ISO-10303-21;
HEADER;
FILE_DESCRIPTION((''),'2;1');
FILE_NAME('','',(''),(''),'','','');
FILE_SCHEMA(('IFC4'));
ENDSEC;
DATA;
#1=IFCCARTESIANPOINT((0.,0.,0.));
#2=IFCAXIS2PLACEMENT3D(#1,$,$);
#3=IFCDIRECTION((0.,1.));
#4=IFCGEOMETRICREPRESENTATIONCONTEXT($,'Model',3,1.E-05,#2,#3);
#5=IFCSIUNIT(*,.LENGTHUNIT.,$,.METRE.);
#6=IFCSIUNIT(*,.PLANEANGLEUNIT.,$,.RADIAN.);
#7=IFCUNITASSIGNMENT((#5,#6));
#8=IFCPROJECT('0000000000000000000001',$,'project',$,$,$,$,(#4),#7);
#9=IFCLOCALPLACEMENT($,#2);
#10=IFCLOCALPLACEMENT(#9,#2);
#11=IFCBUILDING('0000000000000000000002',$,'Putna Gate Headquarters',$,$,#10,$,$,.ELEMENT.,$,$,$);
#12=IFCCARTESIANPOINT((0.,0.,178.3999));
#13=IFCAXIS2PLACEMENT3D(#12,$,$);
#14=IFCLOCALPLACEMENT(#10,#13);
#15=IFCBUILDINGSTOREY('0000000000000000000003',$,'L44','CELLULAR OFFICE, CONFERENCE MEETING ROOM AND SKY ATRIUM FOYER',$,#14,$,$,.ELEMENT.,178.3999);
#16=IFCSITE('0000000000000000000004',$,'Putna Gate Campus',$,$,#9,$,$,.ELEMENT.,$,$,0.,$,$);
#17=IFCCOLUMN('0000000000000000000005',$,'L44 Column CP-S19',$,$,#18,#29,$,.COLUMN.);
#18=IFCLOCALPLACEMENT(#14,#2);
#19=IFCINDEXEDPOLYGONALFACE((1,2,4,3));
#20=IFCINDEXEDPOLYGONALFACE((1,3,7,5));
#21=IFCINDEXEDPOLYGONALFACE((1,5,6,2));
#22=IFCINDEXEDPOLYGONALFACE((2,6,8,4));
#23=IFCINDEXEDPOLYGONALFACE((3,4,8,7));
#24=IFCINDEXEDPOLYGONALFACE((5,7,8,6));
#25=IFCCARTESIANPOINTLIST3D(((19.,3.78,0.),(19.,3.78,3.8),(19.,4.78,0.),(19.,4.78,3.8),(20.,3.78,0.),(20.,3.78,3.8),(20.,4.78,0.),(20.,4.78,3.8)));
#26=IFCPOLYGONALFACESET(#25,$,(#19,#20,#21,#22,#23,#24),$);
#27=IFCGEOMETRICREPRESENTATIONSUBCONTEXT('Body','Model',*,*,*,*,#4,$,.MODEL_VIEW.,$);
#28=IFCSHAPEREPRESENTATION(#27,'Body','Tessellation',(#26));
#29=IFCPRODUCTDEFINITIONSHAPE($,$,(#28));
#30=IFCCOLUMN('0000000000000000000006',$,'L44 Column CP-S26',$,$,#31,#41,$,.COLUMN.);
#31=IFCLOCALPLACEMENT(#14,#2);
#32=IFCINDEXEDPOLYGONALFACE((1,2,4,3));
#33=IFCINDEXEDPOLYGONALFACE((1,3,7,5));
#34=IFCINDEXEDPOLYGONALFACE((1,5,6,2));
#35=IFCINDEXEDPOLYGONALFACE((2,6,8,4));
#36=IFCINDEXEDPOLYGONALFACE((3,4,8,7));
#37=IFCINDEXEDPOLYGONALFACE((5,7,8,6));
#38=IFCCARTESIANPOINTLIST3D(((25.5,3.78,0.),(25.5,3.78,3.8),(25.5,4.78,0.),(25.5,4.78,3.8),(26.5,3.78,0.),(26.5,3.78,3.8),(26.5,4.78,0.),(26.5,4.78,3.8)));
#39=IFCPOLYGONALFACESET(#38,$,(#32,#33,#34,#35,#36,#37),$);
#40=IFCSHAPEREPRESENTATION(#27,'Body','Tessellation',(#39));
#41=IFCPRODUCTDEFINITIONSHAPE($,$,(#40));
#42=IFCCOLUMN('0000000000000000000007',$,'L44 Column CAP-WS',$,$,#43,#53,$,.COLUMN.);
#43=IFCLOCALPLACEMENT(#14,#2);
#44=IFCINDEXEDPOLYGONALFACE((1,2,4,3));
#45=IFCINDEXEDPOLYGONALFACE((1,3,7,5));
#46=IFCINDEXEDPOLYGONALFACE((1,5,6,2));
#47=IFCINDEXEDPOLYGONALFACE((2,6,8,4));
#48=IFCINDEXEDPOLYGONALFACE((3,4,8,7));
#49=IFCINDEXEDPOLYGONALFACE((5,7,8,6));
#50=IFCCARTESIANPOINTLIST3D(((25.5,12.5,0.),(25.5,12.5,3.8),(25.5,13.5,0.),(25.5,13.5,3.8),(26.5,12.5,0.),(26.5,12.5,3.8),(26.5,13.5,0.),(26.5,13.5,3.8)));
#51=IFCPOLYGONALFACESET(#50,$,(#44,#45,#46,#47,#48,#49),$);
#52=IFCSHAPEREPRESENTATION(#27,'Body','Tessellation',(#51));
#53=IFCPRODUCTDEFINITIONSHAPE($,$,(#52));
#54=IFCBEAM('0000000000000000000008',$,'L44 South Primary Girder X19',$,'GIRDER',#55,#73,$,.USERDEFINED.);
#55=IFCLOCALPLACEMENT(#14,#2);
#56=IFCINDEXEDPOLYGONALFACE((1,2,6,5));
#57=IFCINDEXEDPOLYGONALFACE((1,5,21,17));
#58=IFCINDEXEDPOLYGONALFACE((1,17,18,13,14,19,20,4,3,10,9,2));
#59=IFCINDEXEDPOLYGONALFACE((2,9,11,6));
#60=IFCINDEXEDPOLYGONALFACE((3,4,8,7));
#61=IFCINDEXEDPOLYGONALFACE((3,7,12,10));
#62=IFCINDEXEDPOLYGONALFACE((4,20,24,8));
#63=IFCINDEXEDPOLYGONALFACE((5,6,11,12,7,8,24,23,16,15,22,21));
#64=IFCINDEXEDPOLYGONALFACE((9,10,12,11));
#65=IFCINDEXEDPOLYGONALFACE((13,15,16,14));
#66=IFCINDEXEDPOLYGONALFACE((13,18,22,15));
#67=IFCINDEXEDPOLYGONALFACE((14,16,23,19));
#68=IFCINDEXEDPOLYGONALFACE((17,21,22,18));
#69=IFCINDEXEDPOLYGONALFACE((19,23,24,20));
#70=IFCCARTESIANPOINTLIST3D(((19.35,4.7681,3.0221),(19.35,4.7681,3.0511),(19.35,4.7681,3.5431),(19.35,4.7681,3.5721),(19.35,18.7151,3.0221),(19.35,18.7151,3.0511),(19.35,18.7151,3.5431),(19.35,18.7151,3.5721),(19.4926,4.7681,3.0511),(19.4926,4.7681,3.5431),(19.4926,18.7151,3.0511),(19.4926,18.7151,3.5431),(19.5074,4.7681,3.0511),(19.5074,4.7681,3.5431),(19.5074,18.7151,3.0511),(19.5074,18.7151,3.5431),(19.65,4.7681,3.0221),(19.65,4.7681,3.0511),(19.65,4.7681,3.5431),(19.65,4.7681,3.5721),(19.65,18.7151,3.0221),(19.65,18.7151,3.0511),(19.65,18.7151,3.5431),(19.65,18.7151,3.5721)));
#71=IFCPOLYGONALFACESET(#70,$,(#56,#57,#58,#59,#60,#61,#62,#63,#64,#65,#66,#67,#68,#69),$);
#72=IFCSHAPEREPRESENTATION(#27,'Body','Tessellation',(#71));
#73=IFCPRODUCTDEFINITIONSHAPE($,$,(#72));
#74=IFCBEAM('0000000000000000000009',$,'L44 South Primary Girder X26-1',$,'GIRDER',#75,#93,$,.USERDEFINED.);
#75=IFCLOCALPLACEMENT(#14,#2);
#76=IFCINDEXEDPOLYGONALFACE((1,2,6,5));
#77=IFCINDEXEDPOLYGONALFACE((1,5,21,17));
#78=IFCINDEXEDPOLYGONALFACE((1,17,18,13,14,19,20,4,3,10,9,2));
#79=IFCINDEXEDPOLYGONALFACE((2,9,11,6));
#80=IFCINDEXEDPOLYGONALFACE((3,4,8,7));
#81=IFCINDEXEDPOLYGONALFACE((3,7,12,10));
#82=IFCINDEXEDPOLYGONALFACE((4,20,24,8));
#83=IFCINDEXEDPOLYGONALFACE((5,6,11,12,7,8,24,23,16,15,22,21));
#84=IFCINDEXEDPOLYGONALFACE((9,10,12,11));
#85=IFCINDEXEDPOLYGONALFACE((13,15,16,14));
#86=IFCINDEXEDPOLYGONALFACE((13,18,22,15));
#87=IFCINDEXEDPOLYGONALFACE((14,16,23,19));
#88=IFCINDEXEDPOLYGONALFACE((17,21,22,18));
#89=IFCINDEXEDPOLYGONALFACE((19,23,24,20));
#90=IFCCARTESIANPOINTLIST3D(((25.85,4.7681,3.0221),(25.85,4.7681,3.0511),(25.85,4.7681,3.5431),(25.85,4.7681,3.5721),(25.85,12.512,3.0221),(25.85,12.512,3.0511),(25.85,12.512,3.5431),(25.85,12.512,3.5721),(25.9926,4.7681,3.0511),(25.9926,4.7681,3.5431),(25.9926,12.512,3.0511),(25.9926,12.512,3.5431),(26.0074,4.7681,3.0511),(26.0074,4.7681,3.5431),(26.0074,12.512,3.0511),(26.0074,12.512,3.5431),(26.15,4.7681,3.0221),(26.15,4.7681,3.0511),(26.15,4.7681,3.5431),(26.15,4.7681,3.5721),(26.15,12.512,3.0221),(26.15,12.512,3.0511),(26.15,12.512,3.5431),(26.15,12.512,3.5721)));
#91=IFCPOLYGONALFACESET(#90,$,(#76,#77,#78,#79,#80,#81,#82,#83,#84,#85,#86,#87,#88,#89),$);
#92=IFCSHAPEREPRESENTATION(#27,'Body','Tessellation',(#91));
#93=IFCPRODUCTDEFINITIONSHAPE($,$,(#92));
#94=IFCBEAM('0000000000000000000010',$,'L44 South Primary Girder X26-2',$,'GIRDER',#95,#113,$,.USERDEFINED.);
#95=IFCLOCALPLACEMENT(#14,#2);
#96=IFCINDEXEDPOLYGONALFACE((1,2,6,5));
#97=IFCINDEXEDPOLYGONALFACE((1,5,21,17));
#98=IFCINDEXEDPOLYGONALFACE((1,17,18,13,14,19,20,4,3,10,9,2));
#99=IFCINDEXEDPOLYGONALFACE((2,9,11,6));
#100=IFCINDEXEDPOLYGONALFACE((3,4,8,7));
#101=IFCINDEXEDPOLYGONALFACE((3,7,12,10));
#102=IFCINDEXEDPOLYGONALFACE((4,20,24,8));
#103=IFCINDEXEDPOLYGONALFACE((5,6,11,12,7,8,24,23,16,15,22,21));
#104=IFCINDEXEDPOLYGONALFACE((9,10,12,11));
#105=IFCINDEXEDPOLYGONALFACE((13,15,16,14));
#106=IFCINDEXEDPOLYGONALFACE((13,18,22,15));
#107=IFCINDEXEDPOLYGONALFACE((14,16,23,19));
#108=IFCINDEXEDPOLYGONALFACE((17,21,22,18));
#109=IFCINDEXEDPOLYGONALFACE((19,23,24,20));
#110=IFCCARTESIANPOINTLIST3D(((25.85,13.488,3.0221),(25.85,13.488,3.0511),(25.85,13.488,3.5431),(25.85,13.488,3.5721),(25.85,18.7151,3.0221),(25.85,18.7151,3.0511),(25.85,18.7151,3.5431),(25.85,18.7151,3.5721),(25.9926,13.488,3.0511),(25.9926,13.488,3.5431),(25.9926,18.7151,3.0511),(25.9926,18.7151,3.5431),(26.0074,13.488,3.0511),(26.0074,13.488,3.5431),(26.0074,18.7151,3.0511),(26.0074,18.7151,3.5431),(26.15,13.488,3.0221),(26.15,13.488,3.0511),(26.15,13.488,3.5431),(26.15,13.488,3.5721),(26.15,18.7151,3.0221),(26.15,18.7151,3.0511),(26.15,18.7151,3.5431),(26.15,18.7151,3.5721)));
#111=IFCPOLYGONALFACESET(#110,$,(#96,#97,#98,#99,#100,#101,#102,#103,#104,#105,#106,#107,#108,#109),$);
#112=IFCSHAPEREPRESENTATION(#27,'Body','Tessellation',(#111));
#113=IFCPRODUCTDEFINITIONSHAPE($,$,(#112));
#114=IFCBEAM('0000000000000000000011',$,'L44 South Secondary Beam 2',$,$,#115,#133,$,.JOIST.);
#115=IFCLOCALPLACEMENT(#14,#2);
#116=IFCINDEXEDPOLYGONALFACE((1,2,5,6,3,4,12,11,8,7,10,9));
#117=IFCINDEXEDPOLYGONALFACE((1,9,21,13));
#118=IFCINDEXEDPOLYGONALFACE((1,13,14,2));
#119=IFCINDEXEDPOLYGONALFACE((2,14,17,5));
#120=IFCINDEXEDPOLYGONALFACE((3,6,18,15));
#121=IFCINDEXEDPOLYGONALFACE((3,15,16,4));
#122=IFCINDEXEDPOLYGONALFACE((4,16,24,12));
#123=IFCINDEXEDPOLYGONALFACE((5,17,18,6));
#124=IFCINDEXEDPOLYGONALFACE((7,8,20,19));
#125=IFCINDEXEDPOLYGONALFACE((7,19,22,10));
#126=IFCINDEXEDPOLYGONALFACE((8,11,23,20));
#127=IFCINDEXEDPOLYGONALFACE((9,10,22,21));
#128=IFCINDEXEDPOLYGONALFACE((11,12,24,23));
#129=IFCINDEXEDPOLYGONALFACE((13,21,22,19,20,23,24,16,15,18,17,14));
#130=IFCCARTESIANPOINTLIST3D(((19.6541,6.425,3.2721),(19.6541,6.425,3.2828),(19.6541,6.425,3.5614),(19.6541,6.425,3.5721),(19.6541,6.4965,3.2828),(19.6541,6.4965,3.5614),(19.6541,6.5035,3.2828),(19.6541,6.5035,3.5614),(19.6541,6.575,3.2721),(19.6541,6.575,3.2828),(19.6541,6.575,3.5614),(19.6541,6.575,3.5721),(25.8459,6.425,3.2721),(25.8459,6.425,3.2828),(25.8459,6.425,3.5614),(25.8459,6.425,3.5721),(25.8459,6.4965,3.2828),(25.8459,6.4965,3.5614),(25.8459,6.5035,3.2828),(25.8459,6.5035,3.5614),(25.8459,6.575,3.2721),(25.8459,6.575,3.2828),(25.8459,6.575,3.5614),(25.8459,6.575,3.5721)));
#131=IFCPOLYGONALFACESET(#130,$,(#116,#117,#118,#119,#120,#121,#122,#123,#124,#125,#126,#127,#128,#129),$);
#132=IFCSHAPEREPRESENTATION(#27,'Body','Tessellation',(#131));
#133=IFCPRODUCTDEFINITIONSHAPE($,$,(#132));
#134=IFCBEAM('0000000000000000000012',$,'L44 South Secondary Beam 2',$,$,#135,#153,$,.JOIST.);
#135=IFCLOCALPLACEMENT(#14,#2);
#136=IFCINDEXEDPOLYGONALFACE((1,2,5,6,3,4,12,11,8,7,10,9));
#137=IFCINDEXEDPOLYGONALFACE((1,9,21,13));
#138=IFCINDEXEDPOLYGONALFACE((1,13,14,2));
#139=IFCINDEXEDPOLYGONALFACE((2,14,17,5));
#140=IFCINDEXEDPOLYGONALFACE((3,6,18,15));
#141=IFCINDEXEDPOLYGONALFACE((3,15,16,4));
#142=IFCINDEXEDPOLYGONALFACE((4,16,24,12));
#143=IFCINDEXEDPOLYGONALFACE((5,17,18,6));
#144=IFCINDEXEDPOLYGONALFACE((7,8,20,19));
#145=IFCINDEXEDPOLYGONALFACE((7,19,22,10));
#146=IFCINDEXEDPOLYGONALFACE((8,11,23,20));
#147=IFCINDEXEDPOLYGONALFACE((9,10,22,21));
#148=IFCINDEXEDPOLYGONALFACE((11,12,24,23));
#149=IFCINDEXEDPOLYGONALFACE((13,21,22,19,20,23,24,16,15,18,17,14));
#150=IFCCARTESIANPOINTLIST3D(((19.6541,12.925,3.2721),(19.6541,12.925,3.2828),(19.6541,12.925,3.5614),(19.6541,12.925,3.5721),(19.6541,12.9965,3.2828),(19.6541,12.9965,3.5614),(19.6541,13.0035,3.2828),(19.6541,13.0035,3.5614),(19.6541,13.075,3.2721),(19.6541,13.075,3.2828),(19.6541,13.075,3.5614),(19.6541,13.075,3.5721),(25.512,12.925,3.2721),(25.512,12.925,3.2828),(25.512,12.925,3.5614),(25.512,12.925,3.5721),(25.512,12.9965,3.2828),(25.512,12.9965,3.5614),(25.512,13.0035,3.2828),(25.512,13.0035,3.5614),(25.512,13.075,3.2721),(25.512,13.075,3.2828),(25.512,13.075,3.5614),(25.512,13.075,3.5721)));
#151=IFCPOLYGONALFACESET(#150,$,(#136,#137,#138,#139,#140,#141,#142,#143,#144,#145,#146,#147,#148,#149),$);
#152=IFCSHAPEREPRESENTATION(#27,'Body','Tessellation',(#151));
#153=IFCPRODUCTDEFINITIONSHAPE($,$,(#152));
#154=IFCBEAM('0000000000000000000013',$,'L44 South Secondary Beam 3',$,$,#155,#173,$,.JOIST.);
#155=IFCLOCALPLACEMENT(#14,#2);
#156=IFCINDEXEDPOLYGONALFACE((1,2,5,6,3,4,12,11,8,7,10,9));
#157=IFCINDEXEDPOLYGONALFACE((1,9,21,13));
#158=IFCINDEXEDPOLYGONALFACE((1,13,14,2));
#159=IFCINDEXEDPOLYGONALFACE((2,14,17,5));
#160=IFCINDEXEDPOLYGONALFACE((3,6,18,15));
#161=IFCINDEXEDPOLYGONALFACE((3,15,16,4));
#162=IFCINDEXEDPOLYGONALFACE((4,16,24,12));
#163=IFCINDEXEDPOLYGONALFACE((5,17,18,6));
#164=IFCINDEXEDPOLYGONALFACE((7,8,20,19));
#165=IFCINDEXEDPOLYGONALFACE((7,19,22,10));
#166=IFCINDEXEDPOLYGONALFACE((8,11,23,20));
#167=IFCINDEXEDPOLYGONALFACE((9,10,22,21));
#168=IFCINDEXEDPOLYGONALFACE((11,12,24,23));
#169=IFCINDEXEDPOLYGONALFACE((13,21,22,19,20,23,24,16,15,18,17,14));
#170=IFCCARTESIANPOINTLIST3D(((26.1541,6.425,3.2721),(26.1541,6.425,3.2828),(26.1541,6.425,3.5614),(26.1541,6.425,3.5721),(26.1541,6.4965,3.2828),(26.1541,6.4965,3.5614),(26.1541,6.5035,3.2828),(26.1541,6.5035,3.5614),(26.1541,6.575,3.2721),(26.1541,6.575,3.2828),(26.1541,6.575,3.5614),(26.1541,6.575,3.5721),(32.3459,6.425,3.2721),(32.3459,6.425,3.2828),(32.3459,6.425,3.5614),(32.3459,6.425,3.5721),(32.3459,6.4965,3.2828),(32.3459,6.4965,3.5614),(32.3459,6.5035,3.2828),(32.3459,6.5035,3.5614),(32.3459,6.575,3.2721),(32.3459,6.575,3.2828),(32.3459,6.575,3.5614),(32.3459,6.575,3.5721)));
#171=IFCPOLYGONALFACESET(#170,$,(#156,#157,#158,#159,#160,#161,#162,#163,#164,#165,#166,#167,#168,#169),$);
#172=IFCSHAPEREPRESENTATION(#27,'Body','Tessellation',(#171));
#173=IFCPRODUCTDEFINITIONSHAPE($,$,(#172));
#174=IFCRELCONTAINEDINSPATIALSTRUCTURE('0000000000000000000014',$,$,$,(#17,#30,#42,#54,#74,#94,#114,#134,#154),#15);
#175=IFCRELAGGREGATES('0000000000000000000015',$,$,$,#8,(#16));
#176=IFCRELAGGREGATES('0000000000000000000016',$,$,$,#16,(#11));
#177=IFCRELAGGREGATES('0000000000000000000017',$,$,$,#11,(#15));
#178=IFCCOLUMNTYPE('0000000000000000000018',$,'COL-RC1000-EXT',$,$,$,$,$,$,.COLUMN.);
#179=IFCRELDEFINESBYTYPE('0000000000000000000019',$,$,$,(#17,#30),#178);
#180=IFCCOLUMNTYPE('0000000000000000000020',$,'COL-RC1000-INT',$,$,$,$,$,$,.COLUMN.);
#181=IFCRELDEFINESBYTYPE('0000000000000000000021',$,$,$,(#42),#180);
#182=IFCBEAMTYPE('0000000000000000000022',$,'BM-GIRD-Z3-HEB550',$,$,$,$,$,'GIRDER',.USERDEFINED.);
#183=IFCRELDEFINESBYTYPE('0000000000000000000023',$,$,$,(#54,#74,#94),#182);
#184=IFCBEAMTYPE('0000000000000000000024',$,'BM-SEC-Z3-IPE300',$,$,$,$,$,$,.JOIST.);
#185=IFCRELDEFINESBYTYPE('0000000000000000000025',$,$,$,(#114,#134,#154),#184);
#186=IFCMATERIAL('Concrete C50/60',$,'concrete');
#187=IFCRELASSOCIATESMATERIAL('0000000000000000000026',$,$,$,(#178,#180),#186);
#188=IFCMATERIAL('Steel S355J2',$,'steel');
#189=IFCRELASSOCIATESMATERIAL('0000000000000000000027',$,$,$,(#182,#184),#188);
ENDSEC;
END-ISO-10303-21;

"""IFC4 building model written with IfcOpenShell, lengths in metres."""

from ifc_helpers import new_model, si_unit, direction, frame, origin, origin_2d, place, context, subcontext, project, spatial, rectangle, i_section, extrude, material, material_profile, profile_set, type_object, element, save


model = new_model("IFC4")

# Units and contexts
model_context = context("Model", 3, precision=1e-05, world=origin(), true_north=direction((0.0, 1.0)))
body_context = subcontext(model_context, "Body", "Model", "MODEL_VIEW")
ifc_project = project(units=[si_unit("LENGTHUNIT", "METRE"), si_unit("PLANEANGLEUNIT", "RADIAN")], contexts=[model_context])

# Site, building, storey
site_placement = place(None, origin())
site = spatial("IfcSite", under=ifc_project, at=site_placement, Name="Putna Gate Campus", CompositionType="ELEMENT", RefElevation=0.0)
building_placement = place(site_placement, origin())
building = spatial("IfcBuilding", under=site, at=building_placement, Name="Putna Gate Headquarters", CompositionType="ELEMENT")
storey_placement = place(building_placement, frame((0.0, 0.0, 178.3999)))
storey = spatial("IfcBuildingStorey", under=building, at=storey_placement, Name="L44", Description="CELLULAR OFFICE, CONFERENCE MEETING ROOM AND SKY ATRIUM FOYER", CompositionType="ELEMENT", Elevation=178.3999)

# Columns
ifc_material_1 = material(Name="Concrete C50/60", Category="concrete")
ifc_material_profile_1 = material_profile(ifc_material_1, rectangle(XDim=1.0, YDim=1.0, at=origin_2d()), Name="Concrete C50/60")
ifc_profile_set_1 = profile_set([ifc_material_profile_1], Name="Concrete C50/60")
column_type_1 = type_object("IfcColumnType", Name="COL-RC1000-EXT", PredefinedType="COLUMN", material=ifc_profile_set_1)
for number, where, z_axis, x_axis, name in (
    (1, (19.5, 4.28, 0.0), (0.0, 0.0, 1.0), (1.0, 0.0, 0.0), "L44 Column CP-S19"),
    (2, (26.0, 4.28, 0.0), (0.0, 0.0, 1.0), (1.0, 0.0, 0.0), "L44 Column CP-S26"),
):
    element("IfcColumn", number, at=place(storey_placement, frame(where, z_axis=z_axis, x_axis=x_axis)), inside=storey, type_object=column_type_1, Name=name, PredefinedType="COLUMN", context=body_context, shape_type="SweptSolid", body=[
        extrude(rectangle(XDim=1.0, YDim=1.0, at=origin_2d()), origin(), (0.0, 0.0, 1.0), 3.8),
    ])
ifc_material_profile_2 = material_profile(ifc_material_1, rectangle(XDim=1.0, YDim=1.0, at=origin_2d()), Name="Concrete C50/60")
ifc_profile_set_2 = profile_set([ifc_material_profile_2], Name="Concrete C50/60")
column_type_2 = type_object("IfcColumnType", Name="COL-RC1000-INT", PredefinedType="COLUMN", material=ifc_profile_set_2)
column_placement = place(storey_placement, frame((26.0, 13.0, 0.0), z_axis=(0.0, 0.0, 1.0), x_axis=(1.0, 0.0, 0.0)))
element("IfcColumn", 3, at=column_placement, inside=storey, type_object=column_type_2, Name="L44 Column CAP-WS", PredefinedType="COLUMN", context=body_context, shape_type="SweptSolid", body=[
    extrude(rectangle(XDim=1.0, YDim=1.0, at=origin_2d()), origin(), (0.0, 0.0, 1.0), 3.8),
])

# Beams
ifc_material_2 = material(Name="Steel S355J2", Category="steel")
ifc_material_profile_3 = material_profile(ifc_material_2, i_section(OverallWidth=0.3, OverallDepth=0.55, WebThickness=0.0149, FlangeThickness=0.0291, at=origin_2d()), Name="Steel S355J2")
ifc_profile_set_3 = profile_set([ifc_material_profile_3], Name="Steel S355J2")
beam_type_1 = type_object("IfcBeamType", Name="BM-GIRD-Z3-HEB550", ElementType="GIRDER", PredefinedType="USERDEFINED", material=ifc_profile_set_3)
beam_1_placement = place(storey_placement, frame((19.5, 4.7681, 3.2971), z_axis=(0.0, 1.0, 0.0), x_axis=(-1.0, 0.0, 0.0)))
element("IfcBeam", 4, at=beam_1_placement, inside=storey, type_object=beam_type_1, Name="L44 South Primary Girder X19", ObjectType="GIRDER", PredefinedType="USERDEFINED", context=body_context, shape_type="SweptSolid", body=[
    extrude(i_section(OverallWidth=0.3, OverallDepth=0.55, WebThickness=0.0149, FlangeThickness=0.0291, at=origin_2d()), origin(), (0.0, 0.0, 1.0), 13.947),
])
beam_2_placement = place(storey_placement, frame((26.0, 4.7681, 3.2971), z_axis=(0.0, 1.0, 0.0), x_axis=(-1.0, 0.0, 0.0)))
element("IfcBeam", 5, at=beam_2_placement, inside=storey, type_object=beam_type_1, Name="L44 South Primary Girder X26-1", ObjectType="GIRDER", PredefinedType="USERDEFINED", context=body_context, shape_type="SweptSolid", body=[
    extrude(i_section(OverallWidth=0.3, OverallDepth=0.55, WebThickness=0.0149, FlangeThickness=0.0291, at=origin_2d()), origin(), (0.0, 0.0, 1.0), 7.7439),
])
beam_3_placement = place(storey_placement, frame((26.0, 13.488, 3.2971), z_axis=(0.0, 1.0, 0.0), x_axis=(-1.0, 0.0, 0.0)))
element("IfcBeam", 6, at=beam_3_placement, inside=storey, type_object=beam_type_1, Name="L44 South Primary Girder X26-2", ObjectType="GIRDER", PredefinedType="USERDEFINED", context=body_context, shape_type="SweptSolid", body=[
    extrude(i_section(OverallWidth=0.3, OverallDepth=0.55, WebThickness=0.0149, FlangeThickness=0.0291, at=origin_2d()), origin(), (0.0, 0.0, 1.0), 5.2271),
])
ifc_material_profile_4 = material_profile(ifc_material_2, i_section(OverallWidth=0.1499, OverallDepth=0.3, WebThickness=0.0071, FlangeThickness=0.0107, at=origin_2d()), Name="Steel S355J2")
ifc_profile_set_4 = profile_set([ifc_material_profile_4], Name="Steel S355J2")
beam_type_2 = type_object("IfcBeamType", Name="BM-SEC-Z3-IPE300", PredefinedType="JOIST", material=ifc_profile_set_4)
beam_4_placement = place(storey_placement, frame((19.6541, 6.5, 3.4221), z_axis=(1.0, 0.0, 0.0), x_axis=(0.0, 1.0, 0.0)))
element("IfcBeam", 7, at=beam_4_placement, inside=storey, type_object=beam_type_2, Name="L44 South Secondary Beam 2", PredefinedType="JOIST", context=body_context, shape_type="SweptSolid", body=[
    extrude(i_section(OverallWidth=0.1499, OverallDepth=0.3, WebThickness=0.0071, FlangeThickness=0.0107, at=origin_2d()), origin(), (0.0, 0.0, 1.0), 6.1919),
])
beam_5_placement = place(storey_placement, frame((19.6541, 13.0, 3.4221), z_axis=(1.0, 0.0, 0.0), x_axis=(0.0, 1.0, 0.0)))
element("IfcBeam", 8, at=beam_5_placement, inside=storey, type_object=beam_type_2, Name="L44 South Secondary Beam 2", PredefinedType="JOIST", context=body_context, shape_type="SweptSolid", body=[
    extrude(i_section(OverallWidth=0.1499, OverallDepth=0.3, WebThickness=0.0071, FlangeThickness=0.0107, at=origin_2d()), origin(), (0.0, 0.0, 1.0), 5.8579),
])
beam_6_placement = place(storey_placement, frame((26.1541, 6.5, 3.4221), z_axis=(1.0, 0.0, 0.0), x_axis=(0.0, 1.0, 0.0)))
element("IfcBeam", 9, at=beam_6_placement, inside=storey, type_object=beam_type_2, Name="L44 South Secondary Beam 3", PredefinedType="JOIST", context=body_context, shape_type="SweptSolid", body=[
    extrude(i_section(OverallWidth=0.1499, OverallDepth=0.3, WebThickness=0.0071, FlangeThickness=0.0107, at=origin_2d()), origin(), (0.0, 0.0, 1.0), 6.1919),
])

save(model, "model.ifc")
